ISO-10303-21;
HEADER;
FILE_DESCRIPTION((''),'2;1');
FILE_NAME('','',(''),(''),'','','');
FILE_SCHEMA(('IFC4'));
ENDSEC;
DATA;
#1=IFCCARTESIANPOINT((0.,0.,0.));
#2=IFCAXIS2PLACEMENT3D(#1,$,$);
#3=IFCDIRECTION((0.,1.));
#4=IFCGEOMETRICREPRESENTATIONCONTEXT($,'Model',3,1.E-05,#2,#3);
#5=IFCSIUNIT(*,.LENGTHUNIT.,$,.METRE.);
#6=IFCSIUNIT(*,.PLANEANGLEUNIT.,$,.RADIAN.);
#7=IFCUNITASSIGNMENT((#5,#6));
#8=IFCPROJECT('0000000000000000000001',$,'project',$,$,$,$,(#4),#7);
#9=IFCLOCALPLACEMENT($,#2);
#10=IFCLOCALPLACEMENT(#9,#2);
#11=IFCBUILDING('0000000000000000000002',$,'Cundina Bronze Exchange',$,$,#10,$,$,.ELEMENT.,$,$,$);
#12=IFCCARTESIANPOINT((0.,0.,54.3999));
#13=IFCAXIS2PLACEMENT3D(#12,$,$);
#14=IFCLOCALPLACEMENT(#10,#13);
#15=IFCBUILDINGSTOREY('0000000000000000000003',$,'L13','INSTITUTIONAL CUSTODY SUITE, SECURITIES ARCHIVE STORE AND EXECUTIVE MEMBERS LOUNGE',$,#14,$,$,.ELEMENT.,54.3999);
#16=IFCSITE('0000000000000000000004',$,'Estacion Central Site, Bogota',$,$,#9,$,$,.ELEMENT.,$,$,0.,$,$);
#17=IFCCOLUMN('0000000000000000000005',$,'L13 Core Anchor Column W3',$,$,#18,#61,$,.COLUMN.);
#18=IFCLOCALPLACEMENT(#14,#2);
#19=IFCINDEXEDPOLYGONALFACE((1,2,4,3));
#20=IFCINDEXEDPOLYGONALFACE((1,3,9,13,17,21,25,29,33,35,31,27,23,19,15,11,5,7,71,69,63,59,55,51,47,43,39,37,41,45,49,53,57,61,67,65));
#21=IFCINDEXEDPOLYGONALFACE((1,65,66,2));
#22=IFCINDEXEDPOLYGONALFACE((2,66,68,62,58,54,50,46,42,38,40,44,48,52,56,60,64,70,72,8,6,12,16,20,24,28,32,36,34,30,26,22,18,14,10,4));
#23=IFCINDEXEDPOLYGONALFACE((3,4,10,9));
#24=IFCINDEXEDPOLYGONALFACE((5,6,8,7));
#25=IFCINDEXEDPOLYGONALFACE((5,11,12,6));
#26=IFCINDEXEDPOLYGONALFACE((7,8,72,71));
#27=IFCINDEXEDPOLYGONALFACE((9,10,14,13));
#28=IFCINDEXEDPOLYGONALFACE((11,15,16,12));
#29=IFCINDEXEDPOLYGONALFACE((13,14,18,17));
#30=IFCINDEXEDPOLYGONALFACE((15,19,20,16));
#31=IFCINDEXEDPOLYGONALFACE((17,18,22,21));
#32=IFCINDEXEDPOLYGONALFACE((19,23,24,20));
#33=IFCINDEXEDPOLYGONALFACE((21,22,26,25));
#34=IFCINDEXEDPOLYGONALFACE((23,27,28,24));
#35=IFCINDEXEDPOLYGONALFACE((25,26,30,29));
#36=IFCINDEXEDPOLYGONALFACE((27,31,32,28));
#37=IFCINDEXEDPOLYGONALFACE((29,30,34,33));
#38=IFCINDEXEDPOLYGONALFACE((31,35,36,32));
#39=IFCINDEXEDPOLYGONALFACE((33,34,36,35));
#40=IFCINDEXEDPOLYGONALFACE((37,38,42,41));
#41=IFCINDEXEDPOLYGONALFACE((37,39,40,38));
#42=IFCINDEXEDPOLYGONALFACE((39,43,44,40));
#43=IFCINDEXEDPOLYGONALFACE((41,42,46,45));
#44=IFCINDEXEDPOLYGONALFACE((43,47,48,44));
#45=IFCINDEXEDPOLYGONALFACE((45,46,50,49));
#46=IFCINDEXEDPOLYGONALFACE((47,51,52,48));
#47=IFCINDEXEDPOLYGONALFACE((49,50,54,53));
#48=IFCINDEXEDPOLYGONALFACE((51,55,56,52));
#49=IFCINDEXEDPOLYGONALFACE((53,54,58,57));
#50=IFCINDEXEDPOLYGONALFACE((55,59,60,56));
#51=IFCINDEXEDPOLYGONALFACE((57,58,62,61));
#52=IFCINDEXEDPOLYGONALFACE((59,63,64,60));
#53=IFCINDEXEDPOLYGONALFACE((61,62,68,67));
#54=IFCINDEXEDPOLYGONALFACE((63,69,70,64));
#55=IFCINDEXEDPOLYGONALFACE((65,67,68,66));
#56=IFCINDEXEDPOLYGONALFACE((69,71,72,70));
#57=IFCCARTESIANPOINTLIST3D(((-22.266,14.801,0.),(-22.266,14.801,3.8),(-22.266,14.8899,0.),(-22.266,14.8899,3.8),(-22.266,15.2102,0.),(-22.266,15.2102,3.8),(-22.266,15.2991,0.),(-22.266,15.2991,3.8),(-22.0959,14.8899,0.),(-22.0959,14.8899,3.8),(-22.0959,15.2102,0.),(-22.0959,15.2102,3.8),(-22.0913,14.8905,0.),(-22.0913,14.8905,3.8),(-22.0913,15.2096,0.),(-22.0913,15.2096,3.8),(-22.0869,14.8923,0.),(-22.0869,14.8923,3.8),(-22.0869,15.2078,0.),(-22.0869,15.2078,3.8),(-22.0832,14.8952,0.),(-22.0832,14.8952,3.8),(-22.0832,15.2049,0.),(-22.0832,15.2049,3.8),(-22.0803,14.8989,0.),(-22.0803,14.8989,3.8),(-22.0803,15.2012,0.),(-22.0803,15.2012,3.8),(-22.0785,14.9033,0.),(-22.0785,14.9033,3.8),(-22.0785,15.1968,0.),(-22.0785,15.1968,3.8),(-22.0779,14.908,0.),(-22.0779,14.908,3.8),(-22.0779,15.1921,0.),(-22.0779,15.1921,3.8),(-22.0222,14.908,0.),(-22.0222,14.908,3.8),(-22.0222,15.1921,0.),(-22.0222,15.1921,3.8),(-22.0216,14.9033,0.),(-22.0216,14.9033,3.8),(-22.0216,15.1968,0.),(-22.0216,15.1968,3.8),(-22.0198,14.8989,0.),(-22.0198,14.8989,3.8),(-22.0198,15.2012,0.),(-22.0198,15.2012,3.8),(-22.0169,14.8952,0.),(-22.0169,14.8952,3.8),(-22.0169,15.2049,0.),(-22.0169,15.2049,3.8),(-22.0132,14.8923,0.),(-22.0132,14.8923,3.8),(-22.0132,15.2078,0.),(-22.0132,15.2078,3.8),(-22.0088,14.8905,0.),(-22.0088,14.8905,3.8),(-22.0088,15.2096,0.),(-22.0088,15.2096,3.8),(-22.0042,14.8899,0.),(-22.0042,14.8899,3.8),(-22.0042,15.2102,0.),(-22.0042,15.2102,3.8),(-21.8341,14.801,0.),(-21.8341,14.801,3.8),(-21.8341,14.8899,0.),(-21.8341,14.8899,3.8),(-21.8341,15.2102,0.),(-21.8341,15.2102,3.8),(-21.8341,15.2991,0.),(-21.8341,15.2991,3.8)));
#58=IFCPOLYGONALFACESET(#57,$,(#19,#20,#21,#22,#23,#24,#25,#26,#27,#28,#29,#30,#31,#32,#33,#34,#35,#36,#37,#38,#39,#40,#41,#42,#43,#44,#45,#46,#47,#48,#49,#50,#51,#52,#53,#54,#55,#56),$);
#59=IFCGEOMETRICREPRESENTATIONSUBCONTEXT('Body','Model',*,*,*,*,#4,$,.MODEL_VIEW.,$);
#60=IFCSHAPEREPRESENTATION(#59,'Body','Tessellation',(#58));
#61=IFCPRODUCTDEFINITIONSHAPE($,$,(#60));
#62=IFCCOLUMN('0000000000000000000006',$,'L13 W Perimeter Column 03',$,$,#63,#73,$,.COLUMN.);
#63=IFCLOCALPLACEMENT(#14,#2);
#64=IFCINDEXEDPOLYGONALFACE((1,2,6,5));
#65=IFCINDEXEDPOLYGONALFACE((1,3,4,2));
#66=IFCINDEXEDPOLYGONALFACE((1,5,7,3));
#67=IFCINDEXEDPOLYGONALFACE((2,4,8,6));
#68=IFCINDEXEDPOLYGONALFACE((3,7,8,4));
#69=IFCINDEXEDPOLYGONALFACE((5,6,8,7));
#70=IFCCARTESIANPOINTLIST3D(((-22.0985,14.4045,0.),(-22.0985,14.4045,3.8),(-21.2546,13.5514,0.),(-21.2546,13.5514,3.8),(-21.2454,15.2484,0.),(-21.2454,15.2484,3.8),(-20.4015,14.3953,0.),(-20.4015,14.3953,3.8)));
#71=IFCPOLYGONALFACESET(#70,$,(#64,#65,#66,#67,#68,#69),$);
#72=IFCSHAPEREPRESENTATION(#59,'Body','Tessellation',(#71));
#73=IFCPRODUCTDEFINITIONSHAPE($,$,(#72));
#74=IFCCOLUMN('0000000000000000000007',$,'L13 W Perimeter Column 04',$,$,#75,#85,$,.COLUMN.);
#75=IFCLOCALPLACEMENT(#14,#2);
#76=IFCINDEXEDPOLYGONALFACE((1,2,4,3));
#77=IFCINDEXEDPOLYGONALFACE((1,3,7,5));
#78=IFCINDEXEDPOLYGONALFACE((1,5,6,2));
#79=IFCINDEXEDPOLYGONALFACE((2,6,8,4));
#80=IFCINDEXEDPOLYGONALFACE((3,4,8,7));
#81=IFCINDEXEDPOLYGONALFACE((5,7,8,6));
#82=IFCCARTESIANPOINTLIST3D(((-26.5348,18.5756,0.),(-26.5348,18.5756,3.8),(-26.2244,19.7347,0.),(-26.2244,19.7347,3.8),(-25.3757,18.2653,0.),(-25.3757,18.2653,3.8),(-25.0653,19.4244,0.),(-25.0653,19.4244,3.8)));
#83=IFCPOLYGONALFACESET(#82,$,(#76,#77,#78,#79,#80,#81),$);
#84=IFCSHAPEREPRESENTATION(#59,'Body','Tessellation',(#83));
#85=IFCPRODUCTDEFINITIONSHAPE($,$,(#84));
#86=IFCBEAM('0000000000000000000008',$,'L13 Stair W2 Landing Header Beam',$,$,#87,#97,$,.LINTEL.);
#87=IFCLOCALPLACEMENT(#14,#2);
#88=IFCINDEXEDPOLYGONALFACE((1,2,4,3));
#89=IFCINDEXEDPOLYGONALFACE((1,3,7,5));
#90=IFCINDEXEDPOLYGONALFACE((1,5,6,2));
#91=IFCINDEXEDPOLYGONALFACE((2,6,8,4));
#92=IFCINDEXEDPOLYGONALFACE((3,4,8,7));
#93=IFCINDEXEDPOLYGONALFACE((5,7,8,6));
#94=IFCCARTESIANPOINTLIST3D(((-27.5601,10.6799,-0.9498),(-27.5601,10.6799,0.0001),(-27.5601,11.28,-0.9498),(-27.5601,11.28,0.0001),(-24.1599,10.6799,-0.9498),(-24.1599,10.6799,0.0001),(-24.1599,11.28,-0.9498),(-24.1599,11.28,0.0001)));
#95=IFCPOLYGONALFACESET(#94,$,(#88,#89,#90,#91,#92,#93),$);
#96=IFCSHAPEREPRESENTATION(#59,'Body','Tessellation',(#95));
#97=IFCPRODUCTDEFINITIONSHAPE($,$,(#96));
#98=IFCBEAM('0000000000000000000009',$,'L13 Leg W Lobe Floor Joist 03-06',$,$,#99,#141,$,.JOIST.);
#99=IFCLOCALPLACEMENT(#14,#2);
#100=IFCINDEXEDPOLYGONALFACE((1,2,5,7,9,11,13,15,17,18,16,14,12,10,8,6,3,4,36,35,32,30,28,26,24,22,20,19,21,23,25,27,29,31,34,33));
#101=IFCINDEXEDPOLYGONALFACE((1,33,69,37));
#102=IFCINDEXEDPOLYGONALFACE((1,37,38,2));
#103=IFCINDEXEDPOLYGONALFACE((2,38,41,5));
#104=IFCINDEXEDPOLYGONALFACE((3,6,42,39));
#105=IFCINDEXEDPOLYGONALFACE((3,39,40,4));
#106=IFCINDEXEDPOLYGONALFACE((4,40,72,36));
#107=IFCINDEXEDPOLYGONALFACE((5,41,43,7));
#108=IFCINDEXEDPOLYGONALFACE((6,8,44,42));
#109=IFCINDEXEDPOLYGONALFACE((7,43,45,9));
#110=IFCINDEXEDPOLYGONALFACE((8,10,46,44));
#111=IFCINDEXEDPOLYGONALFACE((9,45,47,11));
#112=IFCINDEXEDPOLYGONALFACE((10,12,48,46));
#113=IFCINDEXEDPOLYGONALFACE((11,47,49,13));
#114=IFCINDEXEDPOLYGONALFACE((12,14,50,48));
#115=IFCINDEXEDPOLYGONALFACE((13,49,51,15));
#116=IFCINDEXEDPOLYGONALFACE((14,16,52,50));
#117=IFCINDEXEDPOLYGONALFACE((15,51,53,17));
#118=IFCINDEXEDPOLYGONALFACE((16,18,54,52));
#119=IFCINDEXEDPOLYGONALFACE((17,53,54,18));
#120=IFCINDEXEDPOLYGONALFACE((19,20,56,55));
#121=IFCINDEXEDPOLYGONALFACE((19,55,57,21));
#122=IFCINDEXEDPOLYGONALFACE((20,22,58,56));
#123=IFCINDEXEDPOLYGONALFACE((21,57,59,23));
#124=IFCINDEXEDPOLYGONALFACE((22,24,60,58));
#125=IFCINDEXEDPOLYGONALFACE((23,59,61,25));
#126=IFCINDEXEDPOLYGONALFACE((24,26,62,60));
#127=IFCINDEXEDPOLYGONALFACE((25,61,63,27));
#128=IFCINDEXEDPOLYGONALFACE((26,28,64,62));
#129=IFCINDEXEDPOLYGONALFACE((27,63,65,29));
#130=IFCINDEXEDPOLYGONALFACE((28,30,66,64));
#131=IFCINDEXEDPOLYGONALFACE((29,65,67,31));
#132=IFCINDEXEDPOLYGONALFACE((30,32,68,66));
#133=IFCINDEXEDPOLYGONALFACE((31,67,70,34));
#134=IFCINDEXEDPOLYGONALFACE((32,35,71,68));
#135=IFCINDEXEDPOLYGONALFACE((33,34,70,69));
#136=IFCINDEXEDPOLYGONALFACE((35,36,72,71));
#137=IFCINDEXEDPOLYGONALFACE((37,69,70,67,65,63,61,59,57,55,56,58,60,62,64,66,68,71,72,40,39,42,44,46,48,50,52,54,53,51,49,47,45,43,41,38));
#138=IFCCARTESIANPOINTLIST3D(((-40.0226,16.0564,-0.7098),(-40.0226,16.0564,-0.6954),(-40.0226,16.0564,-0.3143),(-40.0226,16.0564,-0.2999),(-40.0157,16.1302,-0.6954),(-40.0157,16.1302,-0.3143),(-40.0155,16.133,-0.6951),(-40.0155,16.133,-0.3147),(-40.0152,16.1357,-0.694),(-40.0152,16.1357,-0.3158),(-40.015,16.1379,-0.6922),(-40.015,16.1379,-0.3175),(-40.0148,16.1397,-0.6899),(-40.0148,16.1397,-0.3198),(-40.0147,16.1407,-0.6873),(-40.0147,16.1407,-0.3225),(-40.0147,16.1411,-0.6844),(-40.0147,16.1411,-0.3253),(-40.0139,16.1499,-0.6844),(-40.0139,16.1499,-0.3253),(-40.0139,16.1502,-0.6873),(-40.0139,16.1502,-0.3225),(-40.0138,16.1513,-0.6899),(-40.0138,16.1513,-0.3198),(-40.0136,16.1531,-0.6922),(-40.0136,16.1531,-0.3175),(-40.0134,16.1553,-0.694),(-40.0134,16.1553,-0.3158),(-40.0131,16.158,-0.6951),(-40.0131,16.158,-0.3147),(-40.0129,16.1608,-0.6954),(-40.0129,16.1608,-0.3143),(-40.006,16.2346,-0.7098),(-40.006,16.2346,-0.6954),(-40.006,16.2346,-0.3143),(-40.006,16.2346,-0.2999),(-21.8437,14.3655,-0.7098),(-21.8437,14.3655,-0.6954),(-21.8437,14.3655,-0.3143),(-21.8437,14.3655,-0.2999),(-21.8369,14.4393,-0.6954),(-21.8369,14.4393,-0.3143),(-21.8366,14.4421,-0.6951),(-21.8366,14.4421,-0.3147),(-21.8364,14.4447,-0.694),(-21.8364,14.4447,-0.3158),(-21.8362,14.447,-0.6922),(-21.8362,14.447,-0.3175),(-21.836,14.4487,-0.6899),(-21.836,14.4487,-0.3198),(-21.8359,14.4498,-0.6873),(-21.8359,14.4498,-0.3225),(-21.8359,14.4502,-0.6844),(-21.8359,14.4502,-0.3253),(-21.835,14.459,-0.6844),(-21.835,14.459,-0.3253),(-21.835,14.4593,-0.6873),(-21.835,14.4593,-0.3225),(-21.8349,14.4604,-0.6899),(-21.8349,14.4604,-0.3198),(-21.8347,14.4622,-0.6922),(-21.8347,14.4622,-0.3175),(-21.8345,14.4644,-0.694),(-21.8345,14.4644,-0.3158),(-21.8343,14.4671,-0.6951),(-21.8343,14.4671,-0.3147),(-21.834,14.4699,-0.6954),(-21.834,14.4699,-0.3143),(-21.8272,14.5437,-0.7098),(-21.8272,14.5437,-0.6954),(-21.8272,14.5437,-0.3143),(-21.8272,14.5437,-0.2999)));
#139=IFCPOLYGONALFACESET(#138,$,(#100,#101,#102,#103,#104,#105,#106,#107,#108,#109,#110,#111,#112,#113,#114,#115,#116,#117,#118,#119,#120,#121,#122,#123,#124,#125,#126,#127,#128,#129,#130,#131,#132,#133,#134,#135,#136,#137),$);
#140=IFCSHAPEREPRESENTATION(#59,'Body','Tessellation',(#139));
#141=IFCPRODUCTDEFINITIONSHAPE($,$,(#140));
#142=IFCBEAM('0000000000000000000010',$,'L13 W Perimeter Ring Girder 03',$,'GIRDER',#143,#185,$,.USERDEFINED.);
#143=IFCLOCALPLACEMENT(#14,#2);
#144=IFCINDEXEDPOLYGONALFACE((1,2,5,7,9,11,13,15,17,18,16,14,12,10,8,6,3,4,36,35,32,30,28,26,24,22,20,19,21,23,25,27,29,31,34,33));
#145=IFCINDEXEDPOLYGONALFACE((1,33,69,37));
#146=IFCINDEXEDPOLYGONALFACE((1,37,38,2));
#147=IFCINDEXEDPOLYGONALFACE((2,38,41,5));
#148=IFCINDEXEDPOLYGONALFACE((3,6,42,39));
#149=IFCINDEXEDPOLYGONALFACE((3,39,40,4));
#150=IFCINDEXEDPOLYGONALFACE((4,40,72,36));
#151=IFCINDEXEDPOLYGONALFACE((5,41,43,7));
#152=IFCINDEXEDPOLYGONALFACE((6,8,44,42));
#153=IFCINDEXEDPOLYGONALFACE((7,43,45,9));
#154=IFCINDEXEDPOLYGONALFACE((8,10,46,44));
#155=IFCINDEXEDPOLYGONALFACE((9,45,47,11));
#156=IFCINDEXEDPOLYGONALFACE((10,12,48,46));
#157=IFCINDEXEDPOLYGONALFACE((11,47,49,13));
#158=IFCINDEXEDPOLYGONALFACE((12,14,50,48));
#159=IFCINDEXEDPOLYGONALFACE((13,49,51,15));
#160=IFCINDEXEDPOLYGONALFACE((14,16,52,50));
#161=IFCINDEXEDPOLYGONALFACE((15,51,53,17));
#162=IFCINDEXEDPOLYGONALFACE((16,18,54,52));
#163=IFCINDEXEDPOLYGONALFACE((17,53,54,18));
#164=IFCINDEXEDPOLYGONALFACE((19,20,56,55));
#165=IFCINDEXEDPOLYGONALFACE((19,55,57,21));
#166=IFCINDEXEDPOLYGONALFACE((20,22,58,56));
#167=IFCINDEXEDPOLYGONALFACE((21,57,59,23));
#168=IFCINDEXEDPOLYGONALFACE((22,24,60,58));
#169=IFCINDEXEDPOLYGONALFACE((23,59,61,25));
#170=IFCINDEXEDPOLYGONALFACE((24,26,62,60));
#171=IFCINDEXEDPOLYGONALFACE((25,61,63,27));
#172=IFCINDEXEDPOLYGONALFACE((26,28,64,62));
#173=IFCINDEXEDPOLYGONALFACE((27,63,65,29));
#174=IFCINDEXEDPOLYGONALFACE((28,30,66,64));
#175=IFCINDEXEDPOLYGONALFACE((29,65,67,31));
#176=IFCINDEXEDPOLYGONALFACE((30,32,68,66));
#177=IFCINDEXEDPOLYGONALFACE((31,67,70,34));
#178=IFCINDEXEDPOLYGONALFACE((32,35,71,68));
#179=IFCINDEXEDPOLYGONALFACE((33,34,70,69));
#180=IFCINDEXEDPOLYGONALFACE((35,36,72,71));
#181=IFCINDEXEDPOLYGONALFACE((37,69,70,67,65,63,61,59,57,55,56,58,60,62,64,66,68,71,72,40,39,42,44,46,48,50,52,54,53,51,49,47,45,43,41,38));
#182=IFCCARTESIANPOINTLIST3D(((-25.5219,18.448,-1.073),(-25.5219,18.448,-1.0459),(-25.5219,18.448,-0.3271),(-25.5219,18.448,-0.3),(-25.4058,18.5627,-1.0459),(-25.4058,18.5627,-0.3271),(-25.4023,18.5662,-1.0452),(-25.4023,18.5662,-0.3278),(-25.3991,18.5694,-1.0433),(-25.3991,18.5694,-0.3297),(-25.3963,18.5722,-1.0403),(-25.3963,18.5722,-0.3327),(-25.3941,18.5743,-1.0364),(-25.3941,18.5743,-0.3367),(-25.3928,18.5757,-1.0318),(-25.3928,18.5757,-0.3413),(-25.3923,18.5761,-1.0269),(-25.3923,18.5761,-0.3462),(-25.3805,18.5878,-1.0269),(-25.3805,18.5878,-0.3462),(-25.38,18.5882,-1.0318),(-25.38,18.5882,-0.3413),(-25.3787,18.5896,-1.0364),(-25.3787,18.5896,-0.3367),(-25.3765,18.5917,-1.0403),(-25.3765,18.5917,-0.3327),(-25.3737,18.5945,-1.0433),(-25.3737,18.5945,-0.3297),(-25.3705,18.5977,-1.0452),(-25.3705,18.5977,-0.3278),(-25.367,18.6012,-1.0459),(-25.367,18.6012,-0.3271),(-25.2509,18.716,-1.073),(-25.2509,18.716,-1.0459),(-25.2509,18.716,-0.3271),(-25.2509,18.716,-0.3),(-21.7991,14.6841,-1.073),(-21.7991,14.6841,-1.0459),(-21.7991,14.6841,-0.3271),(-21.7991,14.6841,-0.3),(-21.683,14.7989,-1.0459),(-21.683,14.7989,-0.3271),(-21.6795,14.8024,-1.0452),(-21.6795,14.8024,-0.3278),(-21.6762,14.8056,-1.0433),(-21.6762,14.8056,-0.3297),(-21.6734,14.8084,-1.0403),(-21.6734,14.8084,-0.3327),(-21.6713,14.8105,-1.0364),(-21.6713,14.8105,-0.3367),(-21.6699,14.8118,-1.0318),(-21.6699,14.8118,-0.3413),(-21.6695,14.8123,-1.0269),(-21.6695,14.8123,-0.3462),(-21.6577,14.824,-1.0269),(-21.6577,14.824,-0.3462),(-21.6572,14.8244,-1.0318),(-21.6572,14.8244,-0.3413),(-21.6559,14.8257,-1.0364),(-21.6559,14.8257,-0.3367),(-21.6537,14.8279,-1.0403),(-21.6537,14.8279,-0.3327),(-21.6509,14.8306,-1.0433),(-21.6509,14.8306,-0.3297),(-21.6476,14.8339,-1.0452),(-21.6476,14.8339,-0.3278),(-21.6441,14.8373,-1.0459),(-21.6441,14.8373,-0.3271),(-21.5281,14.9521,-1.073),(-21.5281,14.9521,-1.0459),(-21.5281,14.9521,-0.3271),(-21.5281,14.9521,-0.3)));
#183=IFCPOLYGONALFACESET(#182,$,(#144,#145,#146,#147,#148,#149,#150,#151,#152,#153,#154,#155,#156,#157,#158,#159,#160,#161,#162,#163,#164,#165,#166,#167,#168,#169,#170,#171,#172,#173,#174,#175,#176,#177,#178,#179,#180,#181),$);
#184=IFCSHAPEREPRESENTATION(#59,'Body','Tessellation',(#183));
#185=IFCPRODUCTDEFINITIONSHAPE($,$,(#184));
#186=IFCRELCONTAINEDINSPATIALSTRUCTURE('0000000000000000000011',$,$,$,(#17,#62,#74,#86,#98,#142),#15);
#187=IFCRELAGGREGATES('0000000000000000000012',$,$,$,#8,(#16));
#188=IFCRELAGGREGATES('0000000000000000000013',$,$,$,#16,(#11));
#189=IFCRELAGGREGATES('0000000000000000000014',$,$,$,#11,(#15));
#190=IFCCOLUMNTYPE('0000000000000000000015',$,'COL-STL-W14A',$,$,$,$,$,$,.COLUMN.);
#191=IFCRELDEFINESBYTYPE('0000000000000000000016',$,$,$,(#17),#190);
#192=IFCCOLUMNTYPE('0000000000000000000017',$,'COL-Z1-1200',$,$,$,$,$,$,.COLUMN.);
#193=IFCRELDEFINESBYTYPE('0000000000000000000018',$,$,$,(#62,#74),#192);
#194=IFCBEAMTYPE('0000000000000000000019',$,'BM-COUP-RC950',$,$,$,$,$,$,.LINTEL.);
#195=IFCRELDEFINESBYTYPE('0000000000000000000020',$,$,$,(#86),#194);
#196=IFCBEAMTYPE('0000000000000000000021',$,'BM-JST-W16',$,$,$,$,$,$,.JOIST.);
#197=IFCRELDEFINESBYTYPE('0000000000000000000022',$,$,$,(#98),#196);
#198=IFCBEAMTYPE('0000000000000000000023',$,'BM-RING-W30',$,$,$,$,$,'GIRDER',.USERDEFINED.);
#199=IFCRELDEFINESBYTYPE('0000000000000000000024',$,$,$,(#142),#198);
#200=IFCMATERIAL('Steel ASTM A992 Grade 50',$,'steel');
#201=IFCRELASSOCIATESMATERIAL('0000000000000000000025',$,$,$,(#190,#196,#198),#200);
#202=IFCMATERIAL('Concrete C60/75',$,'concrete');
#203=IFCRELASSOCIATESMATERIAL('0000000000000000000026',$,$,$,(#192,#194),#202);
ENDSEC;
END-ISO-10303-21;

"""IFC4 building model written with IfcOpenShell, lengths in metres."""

from ifc_helpers import new_model, si_unit, direction, frame, origin, origin_2d, place, context, subcontext, project, spatial, rectangle, i_section, extrude, material, material_profile, profile_set, type_object, element, save


model = new_model("IFC4")

# Units and contexts
model_context = context("Model", 3, precision=1e-05, world=origin(), true_north=direction((0.0, 1.0)))
body_context = subcontext(model_context, "Body", "Model", "MODEL_VIEW")
ifc_project = project(units=[si_unit("LENGTHUNIT", "METRE"), si_unit("PLANEANGLEUNIT", "RADIAN")], contexts=[model_context])

# Site, building, storey
site_placement = place(None, origin())
site = spatial("IfcSite", under=ifc_project, at=site_placement, Name="Estacion Central Site, Bogota", CompositionType="ELEMENT", RefElevation=0.0)
building_placement = place(site_placement, origin())
building = spatial("IfcBuilding", under=site, at=building_placement, Name="Cundina Bronze Exchange", CompositionType="ELEMENT")
storey_placement = place(building_placement, frame((0.0, 0.0, 54.3999)))
storey = spatial("IfcBuildingStorey", under=building, at=storey_placement, Name="L13", Description="INSTITUTIONAL CUSTODY SUITE, SECURITIES ARCHIVE STORE AND EXECUTIVE MEMBERS LOUNGE", CompositionType="ELEMENT", Elevation=54.3999)

# Columns
ifc_material_1 = material(Name="Steel ASTM A992 Grade 50", Category="steel")
ifc_material_profile_1 = material_profile(ifc_material_1, i_section(OverallWidth=0.4319, OverallDepth=0.498, WebThickness=0.0557, FlangeThickness=0.0889, FilletRadius=0.0181, at=origin_2d()), Name="W14X500", Category="steel")
ifc_profile_set_1 = profile_set([ifc_material_profile_1], Name="Steel ASTM A992 Grade 50")
column_type_1 = type_object("IfcColumnType", Name="COL-STL-W14A", PredefinedType="COLUMN", material=ifc_profile_set_1)
column_placement = place(storey_placement, frame((-22.05, 15.05, 0.0), z_axis=(0.0, 0.0, 1.0), x_axis=(1.0, 0.0, 0.0)))
element("IfcColumn", 1, at=column_placement, inside=storey, type_object=column_type_1, Name="L13 Core Anchor Column W3", PredefinedType="COLUMN", context=body_context, shape_type="SweptSolid", body=[
    extrude(i_section(OverallWidth=0.4319, OverallDepth=0.498, WebThickness=0.0557, FlangeThickness=0.0889, FilletRadius=0.0181, at=origin_2d()), origin(), (0.0, 0.0, 1.0), 3.8),
])
ifc_material_2 = material(Name="Concrete C60/75", Category="concrete")
ifc_material_profile_2 = material_profile(ifc_material_2, rectangle(XDim=1.2, YDim=1.2, at=origin_2d()), Name="RC1200X1200", Category="concrete")
ifc_profile_set_2 = profile_set([ifc_material_profile_2], Name="Concrete C60/75")
column_type_2 = type_object("IfcColumnType", Name="COL-Z1-1200", PredefinedType="COLUMN", material=ifc_profile_set_2)
for number, where, z_axis, x_axis, name in (
    (2, (-21.25, 14.3999, 0.0), (0.0, 0.0, 1.0), (-0.703271, 0.710922, 0.0), "L13 W Perimeter Column 03"),
    (3, (-25.8, 19.0, 0.0), (0.0, 0.0, 1.0), (-0.965971, 0.25865, 0.0), "L13 W Perimeter Column 04"),
):
    element("IfcColumn", number, at=place(storey_placement, frame(where, z_axis=z_axis, x_axis=x_axis)), inside=storey, type_object=column_type_2, Name=name, PredefinedType="COLUMN", context=body_context, shape_type="SweptSolid", body=[
        extrude(rectangle(XDim=1.2, YDim=1.2, at=origin_2d()), origin(), (0.0, 0.0, 1.0), 3.8),
    ])

# Beams
ifc_material_profile_3 = material_profile(ifc_material_2, rectangle(XDim=0.6001, YDim=0.95, at=origin_2d()), Name="RC600X950", Category="concrete")
ifc_profile_set_3 = profile_set([ifc_material_profile_3], Name="Concrete C60/75")
beam_type_1 = type_object("IfcBeamType", Name="BM-COUP-RC950", PredefinedType="LINTEL", material=ifc_profile_set_3)
beam_1_placement = place(storey_placement, frame((-27.5601, 10.98, -0.4749), z_axis=(1.0, 0.0, 0.0), x_axis=(0.0, 1.0, 0.0)))
element("IfcBeam", 4, at=beam_1_placement, inside=storey, type_object=beam_type_1, Name="L13 Stair W2 Landing Header Beam", PredefinedType="LINTEL", context=body_context, shape_type="SweptSolid", body=[
    extrude(rectangle(XDim=0.6001, YDim=0.95, at=origin_2d()), origin(), (0.0, 0.0, 1.0), 3.4001),
])
ifc_material_profile_4 = material_profile(ifc_material_1, i_section(OverallWidth=0.179, OverallDepth=0.4099, WebThickness=0.0088, FlangeThickness=0.0144, FilletRadius=0.011, at=origin_2d()), Name="W16X45", Category="steel")
ifc_profile_set_4 = profile_set([ifc_material_profile_4], Name="Steel ASTM A992 Grade 50")
beam_type_2 = type_object("IfcBeamType", Name="BM-JST-W16", PredefinedType="JOIST", material=ifc_profile_set_4)
beam_2_placement = place(storey_placement, frame((-21.8354, 14.4546, -0.5049), z_axis=(-0.995702, 0.092615, 0.0), x_axis=(-0.092615, -0.995702, 0.0)))
element("IfcBeam", 5, at=beam_2_placement, inside=storey, type_object=beam_type_2, Name="L13 Leg W Lobe Floor Joist 03-06", PredefinedType="JOIST", context=body_context, shape_type="SweptSolid", body=[
    extrude(i_section(OverallWidth=0.179, OverallDepth=0.4099, WebThickness=0.0088, FlangeThickness=0.0144, FilletRadius=0.011, at=origin_2d()), origin(), (0.0, 0.0, 1.0), 18.2573),
])
ifc_material_profile_5 = material_profile(ifc_material_1, i_section(OverallWidth=0.3811, OverallDepth=0.7729, WebThickness=0.0166, FlangeThickness=0.0271, FilletRadius=0.019, at=origin_2d()), Name="W30X173", Category="steel")
ifc_profile_set_5 = profile_set([ifc_material_profile_5], Name="Steel ASTM A992 Grade 50")
beam_type_3 = type_object("IfcBeamType", Name="BM-RING-W30", ElementType="GIRDER", PredefinedType="USERDEFINED", material=ifc_profile_set_5)
beam_3_placement = place(storey_placement, frame((-21.6636, 14.8181, -0.6865), z_axis=(-0.703222, 0.71097, 0.0), x_axis=(-0.71097, -0.703222, 0.0)))
element("IfcBeam", 6, at=beam_3_placement, inside=storey, type_object=beam_type_3, Name="L13 W Perimeter Ring Girder 03", ObjectType="GIRDER", PredefinedType="USERDEFINED", context=body_context, shape_type="SweptSolid", body=[
    extrude(i_section(OverallWidth=0.3811, OverallDepth=0.7729, WebThickness=0.0166, FlangeThickness=0.0271, FilletRadius=0.019, at=origin_2d()), origin(), (0.0, 0.0, 1.0), 5.2939),
])

save(model, "model.ifc")
